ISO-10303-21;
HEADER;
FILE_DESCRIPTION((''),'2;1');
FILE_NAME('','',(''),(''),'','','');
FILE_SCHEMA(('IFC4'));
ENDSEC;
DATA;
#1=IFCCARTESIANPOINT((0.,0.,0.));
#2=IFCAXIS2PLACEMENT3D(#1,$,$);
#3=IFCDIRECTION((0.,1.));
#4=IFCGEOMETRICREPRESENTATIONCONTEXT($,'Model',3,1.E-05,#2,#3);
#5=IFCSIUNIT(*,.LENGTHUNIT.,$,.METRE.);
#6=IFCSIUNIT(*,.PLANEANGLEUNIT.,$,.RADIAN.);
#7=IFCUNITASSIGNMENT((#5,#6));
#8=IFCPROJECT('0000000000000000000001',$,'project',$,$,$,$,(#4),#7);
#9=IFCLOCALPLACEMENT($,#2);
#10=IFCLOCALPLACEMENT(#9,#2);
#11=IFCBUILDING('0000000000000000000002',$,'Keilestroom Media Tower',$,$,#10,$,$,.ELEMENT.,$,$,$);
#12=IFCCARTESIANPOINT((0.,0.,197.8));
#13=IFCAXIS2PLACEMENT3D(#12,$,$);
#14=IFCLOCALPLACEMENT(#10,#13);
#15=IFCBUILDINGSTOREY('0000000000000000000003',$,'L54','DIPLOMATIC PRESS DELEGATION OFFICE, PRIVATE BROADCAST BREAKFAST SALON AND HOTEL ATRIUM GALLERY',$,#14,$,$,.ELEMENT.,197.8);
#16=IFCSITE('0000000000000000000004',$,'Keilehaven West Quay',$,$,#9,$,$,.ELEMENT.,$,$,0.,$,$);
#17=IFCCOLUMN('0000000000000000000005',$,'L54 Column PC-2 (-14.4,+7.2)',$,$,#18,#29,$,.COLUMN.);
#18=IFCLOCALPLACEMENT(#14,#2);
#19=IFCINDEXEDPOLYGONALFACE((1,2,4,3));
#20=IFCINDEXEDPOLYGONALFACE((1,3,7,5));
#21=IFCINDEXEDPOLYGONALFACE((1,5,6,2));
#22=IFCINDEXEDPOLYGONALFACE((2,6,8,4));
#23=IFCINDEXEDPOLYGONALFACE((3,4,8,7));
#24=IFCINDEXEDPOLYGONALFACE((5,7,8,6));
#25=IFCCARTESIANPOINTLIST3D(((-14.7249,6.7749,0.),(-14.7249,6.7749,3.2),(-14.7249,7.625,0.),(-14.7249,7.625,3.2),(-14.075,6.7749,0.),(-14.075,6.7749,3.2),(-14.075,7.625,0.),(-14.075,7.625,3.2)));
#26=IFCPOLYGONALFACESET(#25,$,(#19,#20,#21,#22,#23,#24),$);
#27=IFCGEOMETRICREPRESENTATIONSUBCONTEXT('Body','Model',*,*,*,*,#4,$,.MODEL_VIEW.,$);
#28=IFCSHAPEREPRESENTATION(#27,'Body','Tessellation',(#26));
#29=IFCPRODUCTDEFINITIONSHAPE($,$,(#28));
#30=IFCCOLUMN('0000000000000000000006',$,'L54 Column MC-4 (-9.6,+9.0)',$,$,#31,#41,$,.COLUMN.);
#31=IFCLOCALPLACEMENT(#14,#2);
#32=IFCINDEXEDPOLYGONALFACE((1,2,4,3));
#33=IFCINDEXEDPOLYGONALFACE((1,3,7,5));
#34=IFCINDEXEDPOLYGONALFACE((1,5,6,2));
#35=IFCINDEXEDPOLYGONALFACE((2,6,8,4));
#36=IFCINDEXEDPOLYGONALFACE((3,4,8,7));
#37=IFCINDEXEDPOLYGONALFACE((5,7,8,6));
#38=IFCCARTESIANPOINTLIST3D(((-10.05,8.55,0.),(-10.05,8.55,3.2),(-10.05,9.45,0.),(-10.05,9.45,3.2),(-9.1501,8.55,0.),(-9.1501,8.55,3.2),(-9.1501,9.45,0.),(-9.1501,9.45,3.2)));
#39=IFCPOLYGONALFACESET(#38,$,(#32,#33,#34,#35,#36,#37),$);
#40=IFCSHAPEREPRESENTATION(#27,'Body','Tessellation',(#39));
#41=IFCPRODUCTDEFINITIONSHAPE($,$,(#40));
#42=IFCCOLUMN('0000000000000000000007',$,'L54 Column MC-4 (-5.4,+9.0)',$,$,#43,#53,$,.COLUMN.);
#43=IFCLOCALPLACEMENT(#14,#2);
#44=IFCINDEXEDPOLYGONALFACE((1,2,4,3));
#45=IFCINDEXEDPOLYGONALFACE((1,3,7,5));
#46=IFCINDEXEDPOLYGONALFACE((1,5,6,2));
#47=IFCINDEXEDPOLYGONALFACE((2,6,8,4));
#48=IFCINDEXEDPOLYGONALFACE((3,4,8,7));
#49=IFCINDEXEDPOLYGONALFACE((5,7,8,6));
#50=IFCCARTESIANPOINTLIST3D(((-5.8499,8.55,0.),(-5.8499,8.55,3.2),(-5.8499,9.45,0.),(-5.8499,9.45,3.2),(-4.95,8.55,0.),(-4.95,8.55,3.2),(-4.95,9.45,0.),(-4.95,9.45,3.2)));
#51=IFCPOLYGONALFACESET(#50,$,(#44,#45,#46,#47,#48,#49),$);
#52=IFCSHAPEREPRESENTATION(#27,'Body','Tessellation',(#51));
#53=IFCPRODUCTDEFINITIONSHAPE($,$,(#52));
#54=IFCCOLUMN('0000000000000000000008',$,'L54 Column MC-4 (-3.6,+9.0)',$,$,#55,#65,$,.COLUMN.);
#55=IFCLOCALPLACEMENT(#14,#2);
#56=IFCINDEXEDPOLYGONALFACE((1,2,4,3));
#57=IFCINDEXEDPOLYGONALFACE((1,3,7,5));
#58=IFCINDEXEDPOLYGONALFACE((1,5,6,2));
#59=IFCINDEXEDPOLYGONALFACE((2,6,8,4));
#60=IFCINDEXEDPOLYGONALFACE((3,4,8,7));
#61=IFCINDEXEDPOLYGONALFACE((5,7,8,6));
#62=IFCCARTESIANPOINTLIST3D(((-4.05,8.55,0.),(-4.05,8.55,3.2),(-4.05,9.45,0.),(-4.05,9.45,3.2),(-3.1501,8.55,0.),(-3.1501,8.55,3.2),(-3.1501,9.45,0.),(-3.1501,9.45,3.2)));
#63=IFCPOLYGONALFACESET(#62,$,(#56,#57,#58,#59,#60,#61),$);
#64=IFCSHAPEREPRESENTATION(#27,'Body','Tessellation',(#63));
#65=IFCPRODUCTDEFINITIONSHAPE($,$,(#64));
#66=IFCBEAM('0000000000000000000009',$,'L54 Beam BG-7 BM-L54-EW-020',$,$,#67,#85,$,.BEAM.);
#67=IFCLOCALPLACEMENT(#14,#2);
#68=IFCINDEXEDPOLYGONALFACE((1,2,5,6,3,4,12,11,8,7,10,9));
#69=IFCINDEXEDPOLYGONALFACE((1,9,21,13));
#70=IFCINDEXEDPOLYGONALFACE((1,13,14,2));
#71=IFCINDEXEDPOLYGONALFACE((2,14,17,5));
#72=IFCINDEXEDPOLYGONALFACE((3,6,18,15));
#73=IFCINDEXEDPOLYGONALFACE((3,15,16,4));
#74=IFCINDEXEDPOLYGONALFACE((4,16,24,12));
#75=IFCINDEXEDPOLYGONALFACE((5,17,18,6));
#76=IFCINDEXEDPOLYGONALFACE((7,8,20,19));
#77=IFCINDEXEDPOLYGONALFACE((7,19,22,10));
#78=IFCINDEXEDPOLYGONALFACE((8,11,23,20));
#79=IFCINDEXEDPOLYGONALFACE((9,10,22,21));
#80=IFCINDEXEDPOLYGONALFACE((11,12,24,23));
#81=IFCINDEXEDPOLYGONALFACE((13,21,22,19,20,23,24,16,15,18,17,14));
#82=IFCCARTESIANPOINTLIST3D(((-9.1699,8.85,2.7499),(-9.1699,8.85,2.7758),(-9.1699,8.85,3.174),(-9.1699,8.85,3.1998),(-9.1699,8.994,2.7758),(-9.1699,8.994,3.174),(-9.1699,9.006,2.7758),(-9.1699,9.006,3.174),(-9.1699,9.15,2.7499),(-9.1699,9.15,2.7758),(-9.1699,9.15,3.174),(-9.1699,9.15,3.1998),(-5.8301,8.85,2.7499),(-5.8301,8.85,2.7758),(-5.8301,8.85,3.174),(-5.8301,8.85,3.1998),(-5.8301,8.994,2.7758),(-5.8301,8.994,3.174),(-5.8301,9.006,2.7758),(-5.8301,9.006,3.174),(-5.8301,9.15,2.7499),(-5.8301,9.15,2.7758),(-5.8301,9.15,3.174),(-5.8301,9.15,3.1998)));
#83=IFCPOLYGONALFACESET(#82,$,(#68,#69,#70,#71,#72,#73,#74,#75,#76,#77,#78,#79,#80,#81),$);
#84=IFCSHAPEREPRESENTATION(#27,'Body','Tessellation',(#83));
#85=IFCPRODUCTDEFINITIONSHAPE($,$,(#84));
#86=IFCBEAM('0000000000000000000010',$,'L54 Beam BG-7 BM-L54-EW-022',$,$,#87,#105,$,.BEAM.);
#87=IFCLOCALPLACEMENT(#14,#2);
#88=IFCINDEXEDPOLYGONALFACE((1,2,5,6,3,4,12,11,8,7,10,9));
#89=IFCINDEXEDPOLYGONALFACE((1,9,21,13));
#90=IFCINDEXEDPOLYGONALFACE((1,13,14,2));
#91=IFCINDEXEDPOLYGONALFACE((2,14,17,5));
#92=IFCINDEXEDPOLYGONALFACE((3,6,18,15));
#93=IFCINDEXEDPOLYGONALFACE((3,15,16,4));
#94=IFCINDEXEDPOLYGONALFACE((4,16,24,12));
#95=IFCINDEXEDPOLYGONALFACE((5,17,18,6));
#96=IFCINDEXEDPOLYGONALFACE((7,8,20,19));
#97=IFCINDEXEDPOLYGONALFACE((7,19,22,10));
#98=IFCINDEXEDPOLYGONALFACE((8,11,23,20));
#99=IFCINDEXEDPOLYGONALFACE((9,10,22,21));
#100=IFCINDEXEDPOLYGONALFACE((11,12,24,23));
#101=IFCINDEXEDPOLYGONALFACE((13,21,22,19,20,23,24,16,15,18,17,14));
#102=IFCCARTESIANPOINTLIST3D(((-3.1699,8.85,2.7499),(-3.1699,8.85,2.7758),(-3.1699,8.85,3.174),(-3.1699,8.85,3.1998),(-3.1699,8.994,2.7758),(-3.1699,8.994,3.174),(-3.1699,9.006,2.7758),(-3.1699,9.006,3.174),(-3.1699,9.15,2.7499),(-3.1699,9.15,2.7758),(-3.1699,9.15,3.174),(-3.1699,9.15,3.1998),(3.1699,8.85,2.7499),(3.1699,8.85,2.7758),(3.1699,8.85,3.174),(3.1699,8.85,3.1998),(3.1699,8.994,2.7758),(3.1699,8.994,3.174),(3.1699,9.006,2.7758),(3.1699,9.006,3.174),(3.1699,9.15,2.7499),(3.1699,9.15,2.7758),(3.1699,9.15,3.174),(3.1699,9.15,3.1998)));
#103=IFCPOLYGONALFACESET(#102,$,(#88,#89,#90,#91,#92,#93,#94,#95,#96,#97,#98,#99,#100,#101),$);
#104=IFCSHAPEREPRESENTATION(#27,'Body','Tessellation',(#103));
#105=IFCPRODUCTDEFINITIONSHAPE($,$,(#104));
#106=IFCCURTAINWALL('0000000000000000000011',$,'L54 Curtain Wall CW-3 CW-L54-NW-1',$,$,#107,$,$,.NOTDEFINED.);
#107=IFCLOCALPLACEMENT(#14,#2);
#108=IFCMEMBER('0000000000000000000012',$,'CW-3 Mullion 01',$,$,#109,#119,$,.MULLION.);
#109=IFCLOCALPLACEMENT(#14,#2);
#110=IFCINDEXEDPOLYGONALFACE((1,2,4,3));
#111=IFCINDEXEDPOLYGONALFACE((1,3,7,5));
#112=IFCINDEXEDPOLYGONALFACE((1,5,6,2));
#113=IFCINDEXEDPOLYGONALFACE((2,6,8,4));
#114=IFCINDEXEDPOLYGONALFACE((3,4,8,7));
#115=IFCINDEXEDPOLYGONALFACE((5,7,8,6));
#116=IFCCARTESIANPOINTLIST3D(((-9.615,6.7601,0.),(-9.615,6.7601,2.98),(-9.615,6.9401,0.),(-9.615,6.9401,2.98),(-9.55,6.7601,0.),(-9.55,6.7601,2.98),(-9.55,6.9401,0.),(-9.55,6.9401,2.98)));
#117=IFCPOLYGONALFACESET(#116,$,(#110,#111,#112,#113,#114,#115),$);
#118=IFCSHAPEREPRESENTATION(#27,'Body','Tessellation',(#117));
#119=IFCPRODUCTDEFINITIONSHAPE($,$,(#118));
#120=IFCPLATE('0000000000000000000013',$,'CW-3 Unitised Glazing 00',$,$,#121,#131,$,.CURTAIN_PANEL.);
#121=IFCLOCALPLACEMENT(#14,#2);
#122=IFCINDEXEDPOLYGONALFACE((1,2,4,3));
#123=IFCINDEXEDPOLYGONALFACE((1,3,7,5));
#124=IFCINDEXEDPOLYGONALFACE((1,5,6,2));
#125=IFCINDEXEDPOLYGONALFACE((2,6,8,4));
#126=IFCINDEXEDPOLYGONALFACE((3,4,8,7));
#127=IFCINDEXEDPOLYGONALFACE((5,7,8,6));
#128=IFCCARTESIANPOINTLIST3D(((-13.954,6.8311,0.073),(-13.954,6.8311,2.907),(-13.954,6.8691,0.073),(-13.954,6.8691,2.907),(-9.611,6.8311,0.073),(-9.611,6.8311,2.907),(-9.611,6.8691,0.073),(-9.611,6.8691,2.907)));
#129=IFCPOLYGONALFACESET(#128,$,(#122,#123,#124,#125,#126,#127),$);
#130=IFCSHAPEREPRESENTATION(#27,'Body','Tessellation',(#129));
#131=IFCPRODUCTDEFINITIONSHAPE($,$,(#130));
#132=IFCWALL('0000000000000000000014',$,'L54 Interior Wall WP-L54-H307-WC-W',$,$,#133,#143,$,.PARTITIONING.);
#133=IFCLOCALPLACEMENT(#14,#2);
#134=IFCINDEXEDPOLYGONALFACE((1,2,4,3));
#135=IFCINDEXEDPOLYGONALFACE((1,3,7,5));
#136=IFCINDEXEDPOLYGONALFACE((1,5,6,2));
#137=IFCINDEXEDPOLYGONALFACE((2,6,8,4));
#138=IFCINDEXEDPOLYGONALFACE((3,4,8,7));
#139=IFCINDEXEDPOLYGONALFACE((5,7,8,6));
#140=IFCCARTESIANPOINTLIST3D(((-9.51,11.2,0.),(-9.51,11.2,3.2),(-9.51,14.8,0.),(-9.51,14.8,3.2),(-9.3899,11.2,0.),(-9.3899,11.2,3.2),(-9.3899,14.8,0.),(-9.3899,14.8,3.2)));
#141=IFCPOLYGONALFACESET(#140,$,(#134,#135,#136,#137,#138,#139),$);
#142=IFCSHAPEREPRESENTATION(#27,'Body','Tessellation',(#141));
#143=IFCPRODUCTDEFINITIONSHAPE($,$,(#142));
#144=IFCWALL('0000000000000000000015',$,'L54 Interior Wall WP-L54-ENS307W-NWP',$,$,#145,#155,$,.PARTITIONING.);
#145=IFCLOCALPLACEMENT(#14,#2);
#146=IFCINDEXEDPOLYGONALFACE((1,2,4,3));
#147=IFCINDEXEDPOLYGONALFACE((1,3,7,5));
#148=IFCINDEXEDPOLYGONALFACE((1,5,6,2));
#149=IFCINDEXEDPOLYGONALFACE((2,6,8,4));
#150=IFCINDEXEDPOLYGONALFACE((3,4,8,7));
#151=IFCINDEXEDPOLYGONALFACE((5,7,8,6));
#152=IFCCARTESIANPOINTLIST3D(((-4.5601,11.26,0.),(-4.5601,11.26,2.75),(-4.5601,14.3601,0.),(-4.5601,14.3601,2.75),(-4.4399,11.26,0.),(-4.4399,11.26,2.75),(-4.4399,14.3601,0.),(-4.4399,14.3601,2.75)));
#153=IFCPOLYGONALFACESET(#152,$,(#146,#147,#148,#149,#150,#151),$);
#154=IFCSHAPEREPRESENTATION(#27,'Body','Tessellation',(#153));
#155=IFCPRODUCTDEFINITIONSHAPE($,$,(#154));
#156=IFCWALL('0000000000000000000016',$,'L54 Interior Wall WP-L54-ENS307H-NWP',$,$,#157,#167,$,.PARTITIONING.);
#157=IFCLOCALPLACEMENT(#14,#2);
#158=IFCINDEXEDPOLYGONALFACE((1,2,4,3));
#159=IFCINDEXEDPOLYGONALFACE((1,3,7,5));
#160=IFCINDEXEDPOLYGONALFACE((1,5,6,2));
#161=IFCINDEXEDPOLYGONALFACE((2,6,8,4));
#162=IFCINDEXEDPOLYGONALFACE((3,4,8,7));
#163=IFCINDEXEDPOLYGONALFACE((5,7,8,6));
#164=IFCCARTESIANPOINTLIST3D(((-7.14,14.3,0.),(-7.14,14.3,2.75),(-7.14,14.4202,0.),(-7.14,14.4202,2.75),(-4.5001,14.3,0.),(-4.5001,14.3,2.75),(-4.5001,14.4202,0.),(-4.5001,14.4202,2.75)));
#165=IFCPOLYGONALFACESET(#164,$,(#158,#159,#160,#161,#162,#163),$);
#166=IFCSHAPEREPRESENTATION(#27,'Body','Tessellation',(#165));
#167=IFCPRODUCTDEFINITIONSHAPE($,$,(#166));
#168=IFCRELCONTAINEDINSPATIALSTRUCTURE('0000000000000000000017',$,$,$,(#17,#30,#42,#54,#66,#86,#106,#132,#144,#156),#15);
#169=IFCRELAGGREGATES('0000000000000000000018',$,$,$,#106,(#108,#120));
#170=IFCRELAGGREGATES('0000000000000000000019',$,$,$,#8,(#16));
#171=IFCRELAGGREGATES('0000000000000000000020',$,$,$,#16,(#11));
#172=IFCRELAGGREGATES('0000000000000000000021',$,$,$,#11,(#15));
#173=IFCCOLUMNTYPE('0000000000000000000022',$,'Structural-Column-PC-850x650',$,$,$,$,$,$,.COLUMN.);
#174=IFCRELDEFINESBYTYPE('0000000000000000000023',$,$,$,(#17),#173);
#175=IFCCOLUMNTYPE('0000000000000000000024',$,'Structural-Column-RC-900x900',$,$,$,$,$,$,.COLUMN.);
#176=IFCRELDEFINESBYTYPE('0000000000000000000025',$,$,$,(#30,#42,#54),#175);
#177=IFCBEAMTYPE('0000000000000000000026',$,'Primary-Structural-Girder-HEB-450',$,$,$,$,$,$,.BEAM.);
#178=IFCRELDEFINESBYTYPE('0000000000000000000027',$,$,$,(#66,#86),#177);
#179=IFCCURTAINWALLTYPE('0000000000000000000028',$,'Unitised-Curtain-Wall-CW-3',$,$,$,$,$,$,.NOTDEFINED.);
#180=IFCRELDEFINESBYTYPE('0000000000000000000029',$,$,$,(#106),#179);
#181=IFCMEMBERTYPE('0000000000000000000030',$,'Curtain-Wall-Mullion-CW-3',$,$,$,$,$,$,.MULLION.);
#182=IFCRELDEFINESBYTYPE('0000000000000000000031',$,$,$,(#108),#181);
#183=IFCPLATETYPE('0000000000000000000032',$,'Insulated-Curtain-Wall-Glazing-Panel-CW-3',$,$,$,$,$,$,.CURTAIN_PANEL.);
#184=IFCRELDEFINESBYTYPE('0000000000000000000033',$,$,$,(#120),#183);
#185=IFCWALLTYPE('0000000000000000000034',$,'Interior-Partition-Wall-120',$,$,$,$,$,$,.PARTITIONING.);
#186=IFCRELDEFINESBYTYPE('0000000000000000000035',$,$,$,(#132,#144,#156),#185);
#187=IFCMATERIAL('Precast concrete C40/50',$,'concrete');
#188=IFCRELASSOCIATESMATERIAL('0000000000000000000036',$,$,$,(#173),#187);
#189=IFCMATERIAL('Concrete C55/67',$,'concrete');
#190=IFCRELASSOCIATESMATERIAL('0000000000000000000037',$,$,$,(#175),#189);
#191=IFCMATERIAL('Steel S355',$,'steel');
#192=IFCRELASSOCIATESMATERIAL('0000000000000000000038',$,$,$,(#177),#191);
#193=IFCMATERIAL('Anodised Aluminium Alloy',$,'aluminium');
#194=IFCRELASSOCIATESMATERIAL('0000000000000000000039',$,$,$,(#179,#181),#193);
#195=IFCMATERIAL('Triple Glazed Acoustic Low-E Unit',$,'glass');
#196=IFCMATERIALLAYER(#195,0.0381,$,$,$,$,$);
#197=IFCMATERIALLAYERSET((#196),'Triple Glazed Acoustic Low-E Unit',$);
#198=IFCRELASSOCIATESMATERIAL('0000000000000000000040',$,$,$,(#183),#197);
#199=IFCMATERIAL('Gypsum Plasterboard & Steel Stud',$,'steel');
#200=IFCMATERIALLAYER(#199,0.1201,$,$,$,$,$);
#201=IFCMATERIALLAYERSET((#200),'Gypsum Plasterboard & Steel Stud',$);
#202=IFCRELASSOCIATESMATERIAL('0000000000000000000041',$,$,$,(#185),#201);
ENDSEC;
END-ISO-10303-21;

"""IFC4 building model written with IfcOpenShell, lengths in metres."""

from ifc_helpers import new_model, si_unit, direction, frame, frame_2d, origin, origin_2d, place, context, subcontext, project, spatial, rectangle, i_section, extrude, source, transform, mapped, material, layer, layer_set, material_profile, profile_set, type_object, element, aggregate, save


model = new_model("IFC4")

# Units and contexts
model_context = context("Model", 3, precision=1e-05, world=origin(), true_north=direction((0.0, 1.0)))
body_context = subcontext(model_context, "Body", "Model", "MODEL_VIEW")
ifc_project = project(units=[si_unit("LENGTHUNIT", "METRE"), si_unit("PLANEANGLEUNIT", "RADIAN")], contexts=[model_context])

# Site, building, storey
site_placement = place(None, origin())
site = spatial("IfcSite", under=ifc_project, at=site_placement, Name="Keilehaven West Quay", CompositionType="ELEMENT", RefElevation=0.0)
building_placement = place(site_placement, origin())
building = spatial("IfcBuilding", under=site, at=building_placement, Name="Keilestroom Media Tower", CompositionType="ELEMENT")
storey_placement = place(building_placement, frame((0.0, 0.0, 197.8)))
storey = spatial("IfcBuildingStorey", under=building, at=storey_placement, Name="L54", Description="DIPLOMATIC PRESS DELEGATION OFFICE, PRIVATE BROADCAST BREAKFAST SALON AND HOTEL ATRIUM GALLERY", CompositionType="ELEMENT", Elevation=197.8)

# Columns
ifc_material_1 = material(Name="Precast concrete C40/50", Category="concrete")
ifc_material_profile_1 = material_profile(ifc_material_1, rectangle(XDim=0.6499, YDim=0.8501, at=origin_2d()), Name="PC 850x650")
ifc_profile_set_1 = profile_set([ifc_material_profile_1], Name="Precast concrete C40/50")
column_type_1 = type_object("IfcColumnType", Name="Structural-Column-PC-850x650", PredefinedType="COLUMN", material=ifc_profile_set_1)
shared_shape_1 = source(origin(), body_context, "Body", "SweptSolid", [
    extrude(rectangle(XDim=0.6499, YDim=0.8501, at=origin_2d()), origin(), (0.0, 0.0, 1.0), 3.2),
])
column_placement = place(storey_placement, frame((-14.3999, 7.2, 0.0), z_axis=(0.0, 0.0, 1.0), x_axis=(1.0, 0.0, 0.0)))
element("IfcColumn", 1, at=column_placement, inside=storey, type_object=column_type_1, Name="L54 Column PC-2 (-14.4,+7.2)", PredefinedType="COLUMN", context=body_context, shape_type="MappedRepresentation", body=[
    mapped(shared_shape_1, transform((0.0, 0.0, 0.0), x_axis=(1.0, 0.0, 0.0), y_axis=(0.0, 1.0, 0.0), z_axis=(0.0, 0.0, 1.0), scale=1.0)),
])
ifc_material_2 = material(Name="Concrete C55/67", Category="concrete")
ifc_material_profile_2 = material_profile(ifc_material_2, rectangle(XDim=0.8999, YDim=0.8999, at=origin_2d()), Name="RC 900x900")
ifc_profile_set_2 = profile_set([ifc_material_profile_2], Name="Concrete C55/67")
column_type_2 = type_object("IfcColumnType", Name="Structural-Column-RC-900x900", PredefinedType="COLUMN", material=ifc_profile_set_2)
shared_shape_2 = source(origin(), body_context, "Body", "SweptSolid", [
    extrude(rectangle(XDim=0.8999, YDim=0.8999, at=origin_2d()), origin(), (0.0, 0.0, 1.0), 3.2),
])
for number, where, z_axis, x_axis, name in (
    (2, (-9.6001, 9.0, 0.0), (0.0, 0.0, 1.0), (1.0, 0.0, 0.0), "L54 Column MC-4 (-9.6,+9.0)"),
    (3, (-5.3999, 9.0, 0.0), (0.0, 0.0, 1.0), (1.0, 0.0, 0.0), "L54 Column MC-4 (-5.4,+9.0)"),
    (4, (-3.6001, 9.0, 0.0), (0.0, 0.0, 1.0), (1.0, 0.0, 0.0), "L54 Column MC-4 (-3.6,+9.0)"),
):
    element("IfcColumn", number, at=place(storey_placement, frame(where, z_axis=z_axis, x_axis=x_axis)), inside=storey, type_object=column_type_2, Name=name, PredefinedType="COLUMN", context=body_context, shape_type="MappedRepresentation", body=[
        mapped(shared_shape_2, transform((0.0, 0.0, 0.0), x_axis=(1.0, 0.0, 0.0), y_axis=(0.0, 1.0, 0.0), z_axis=(0.0, 0.0, 1.0), scale=1.0)),
    ])

# Beams
ifc_material_3 = material(Name="Steel S355", Category="steel")
ifc_material_profile_3 = material_profile(ifc_material_3, i_section(OverallWidth=0.3, OverallDepth=0.45, WebThickness=0.012, FlangeThickness=0.0259, at=origin_2d()), Name="HEB 450")
ifc_profile_set_3 = profile_set([ifc_material_profile_3], Name="Steel S355")
beam_type = type_object("IfcBeamType", Name="Primary-Structural-Girder-HEB-450", PredefinedType="BEAM", material=ifc_profile_set_3)
shared_shape_3 = source(origin(), body_context, "Body", "SweptSolid", [
    extrude(i_section(OverallWidth=0.3, OverallDepth=0.45, WebThickness=0.012, FlangeThickness=0.0259, at=origin_2d()), origin(), (0.0, 0.0, 1.0), 3.3398),
])
beam_1_placement = place(storey_placement, frame((-9.1699, 9.0, 2.9749), z_axis=(1.0, 0.0, 0.0), x_axis=(0.0, 1.0, 0.0)))
element("IfcBeam", 5, at=beam_1_placement, inside=storey, type_object=beam_type, Name="L54 Beam BG-7 BM-L54-EW-020", PredefinedType="BEAM", context=body_context, shape_type="MappedRepresentation", body=[
    mapped(shared_shape_3, transform((0.0, 0.0, 0.0), x_axis=(1.0, 0.0, 0.0), y_axis=(0.0, 1.0, 0.0), z_axis=(0.0, 0.0, 1.0), scale=1.0)),
])
shared_shape_4 = source(origin(), body_context, "Body", "SweptSolid", [
    extrude(i_section(OverallWidth=0.3, OverallDepth=0.45, WebThickness=0.012, FlangeThickness=0.0259, at=origin_2d()), origin(), (0.0, 0.0, 1.0), 6.3398),
])
beam_2_placement = place(storey_placement, frame((-3.1699, 9.0, 2.9749), z_axis=(1.0, 0.0, 0.0), x_axis=(0.0, 1.0, 0.0)))
element("IfcBeam", 6, at=beam_2_placement, inside=storey, type_object=beam_type, Name="L54 Beam BG-7 BM-L54-EW-022", PredefinedType="BEAM", context=body_context, shape_type="MappedRepresentation", body=[
    mapped(shared_shape_4, transform((0.0, 0.0, 0.0), x_axis=(1.0, 0.0, 0.0), y_axis=(0.0, 1.0, 0.0), z_axis=(0.0, 0.0, 1.0), scale=1.0)),
])

# Curtain wall, member, plate
ifc_material_4 = material(Name="Anodised Aluminium Alloy", Category="aluminium")
curtain_wall_type = type_object("IfcCurtainWallType", Name="Unitised-Curtain-Wall-CW-3", PredefinedType="NOTDEFINED", material=ifc_material_4)
curtain_wall_placement = place(storey_placement, origin())
curtain_wall = element("IfcCurtainWall", 7, at=curtain_wall_placement, inside=storey, type_object=curtain_wall_type, Name="L54 Curtain Wall CW-3 CW-L54-NW-1", PredefinedType="NOTDEFINED")
ifc_material_profile_4 = material_profile(ifc_material_4, rectangle(XDim=0.0649, YDim=0.1799, at=origin_2d()), Name="ALU MULLION 65x180")
ifc_profile_set_4 = profile_set([ifc_material_profile_4], Name="Anodised Aluminium Alloy")
member_type = type_object("IfcMemberType", Name="Curtain-Wall-Mullion-CW-3", PredefinedType="MULLION", material=ifc_profile_set_4)
shared_shape_5 = source(origin(), body_context, "Body", "SweptSolid", [
    extrude(rectangle(XDim=0.0649, YDim=0.1799, at=origin_2d()), origin(), (0.0, 0.0, 1.0), 2.98),
])
member_placement = place(storey_placement, frame((-9.5825, 6.8501, 0.0), z_axis=(0.0, 0.0, 1.0), x_axis=(1.0, 0.0, 0.0)))
member = element("IfcMember", 8, at=member_placement, type_object=member_type, Name="CW-3 Mullion 01", PredefinedType="MULLION", context=body_context, shape_type="MappedRepresentation", body=[
    mapped(shared_shape_5, transform((0.0, 0.0, 0.0), x_axis=(1.0, 0.0, 0.0), y_axis=(0.0, 1.0, 0.0), z_axis=(0.0, 0.0, 1.0), scale=1.0)),
])
ifc_material_5 = material(Name="Triple Glazed Acoustic Low-E Unit", Category="glass")
ifc_layer_1 = layer(ifc_material_5, 0.0381)
ifc_layer_set_1 = layer_set([ifc_layer_1], Name="Triple Glazed Acoustic Low-E Unit")
plate_type = type_object("IfcPlateType", Name="Insulated-Curtain-Wall-Glazing-Panel-CW-3", PredefinedType="CURTAIN_PANEL", material=ifc_layer_set_1)
shared_shape_6 = source(origin(), body_context, "Body", "SweptSolid", [
    extrude(rectangle(XDim=4.343, YDim=0.0381, at=origin_2d()), origin(), (0.0, 0.0, 1.0), 2.834),
])
plate_placement = place(storey_placement, frame((-11.7825, 6.8501, 0.073), z_axis=(0.0, 0.0, 1.0), x_axis=(1.0, 0.0, 0.0)))
plate = element("IfcPlate", 9, at=plate_placement, type_object=plate_type, Name="CW-3 Unitised Glazing 00", PredefinedType="CURTAIN_PANEL", context=body_context, shape_type="MappedRepresentation", body=[
    mapped(shared_shape_6, transform((0.0, 0.0, 0.0), x_axis=(1.0, 0.0, 0.0), y_axis=(0.0, 1.0, 0.0), z_axis=(0.0, 0.0, 1.0), scale=1.0)),
])
aggregate(curtain_wall, [member, plate])

# Walls
ifc_material_6 = material(Name="Gypsum Plasterboard & Steel Stud", Category="steel")
ifc_layer_2 = layer(ifc_material_6, 0.1201)
ifc_layer_set_2 = layer_set([ifc_layer_2], Name="Gypsum Plasterboard & Steel Stud")
wall_type_1 = type_object("IfcWallType", Name="Interior-Partition-Wall-120", PredefinedType="PARTITIONING", material=ifc_layer_set_2)
wall_1_placement = place(storey_placement, frame((-9.45, 11.2, 0.0), z_axis=(0.0, 0.0, 1.0), x_axis=(0.0, 1.0, 0.0)))
element("IfcWall", 10, at=wall_1_placement, inside=storey, type_object=wall_type_1, Name="L54 Interior Wall WP-L54-H307-WC-W", PredefinedType="PARTITIONING", context=body_context, shape_type="SweptSolid", body=[
    extrude(rectangle(XDim=3.6001, YDim=0.1201, at=frame_2d((1.8, 0.0))), origin(), (0.0, 0.0, 1.0), 3.2),
])
wall_2_placement = place(storey_placement, frame((-4.5, 11.26, 0.0), z_axis=(0.0, 0.0, 1.0), x_axis=(0.0, 1.0, 0.0)))
element("IfcWall", 11, at=wall_2_placement, inside=storey, type_object=wall_type_1, Name="L54 Interior Wall WP-L54-ENS307W-NWP", PredefinedType="PARTITIONING", context=body_context, shape_type="SweptSolid", body=[
    extrude(rectangle(XDim=3.1001, YDim=0.1201, at=frame_2d((1.55, 0.0))), origin(), (0.0, 0.0, 1.0), 2.75),
])
wall_3_placement = place(storey_placement, frame((-7.1399, 14.3601, 0.0), z_axis=(0.0, 0.0, 1.0), x_axis=(1.0, 0.0, 0.0)))
element("IfcWall", 12, at=wall_3_placement, inside=storey, type_object=wall_type_1, Name="L54 Interior Wall WP-L54-ENS307H-NWP", PredefinedType="PARTITIONING", context=body_context, shape_type="SweptSolid", body=[
    extrude(rectangle(XDim=2.6399, YDim=0.1201, at=frame_2d((1.3198, 0.0))), origin(), (0.0, 0.0, 1.0), 2.75),
])

save(model, "model.ifc")
